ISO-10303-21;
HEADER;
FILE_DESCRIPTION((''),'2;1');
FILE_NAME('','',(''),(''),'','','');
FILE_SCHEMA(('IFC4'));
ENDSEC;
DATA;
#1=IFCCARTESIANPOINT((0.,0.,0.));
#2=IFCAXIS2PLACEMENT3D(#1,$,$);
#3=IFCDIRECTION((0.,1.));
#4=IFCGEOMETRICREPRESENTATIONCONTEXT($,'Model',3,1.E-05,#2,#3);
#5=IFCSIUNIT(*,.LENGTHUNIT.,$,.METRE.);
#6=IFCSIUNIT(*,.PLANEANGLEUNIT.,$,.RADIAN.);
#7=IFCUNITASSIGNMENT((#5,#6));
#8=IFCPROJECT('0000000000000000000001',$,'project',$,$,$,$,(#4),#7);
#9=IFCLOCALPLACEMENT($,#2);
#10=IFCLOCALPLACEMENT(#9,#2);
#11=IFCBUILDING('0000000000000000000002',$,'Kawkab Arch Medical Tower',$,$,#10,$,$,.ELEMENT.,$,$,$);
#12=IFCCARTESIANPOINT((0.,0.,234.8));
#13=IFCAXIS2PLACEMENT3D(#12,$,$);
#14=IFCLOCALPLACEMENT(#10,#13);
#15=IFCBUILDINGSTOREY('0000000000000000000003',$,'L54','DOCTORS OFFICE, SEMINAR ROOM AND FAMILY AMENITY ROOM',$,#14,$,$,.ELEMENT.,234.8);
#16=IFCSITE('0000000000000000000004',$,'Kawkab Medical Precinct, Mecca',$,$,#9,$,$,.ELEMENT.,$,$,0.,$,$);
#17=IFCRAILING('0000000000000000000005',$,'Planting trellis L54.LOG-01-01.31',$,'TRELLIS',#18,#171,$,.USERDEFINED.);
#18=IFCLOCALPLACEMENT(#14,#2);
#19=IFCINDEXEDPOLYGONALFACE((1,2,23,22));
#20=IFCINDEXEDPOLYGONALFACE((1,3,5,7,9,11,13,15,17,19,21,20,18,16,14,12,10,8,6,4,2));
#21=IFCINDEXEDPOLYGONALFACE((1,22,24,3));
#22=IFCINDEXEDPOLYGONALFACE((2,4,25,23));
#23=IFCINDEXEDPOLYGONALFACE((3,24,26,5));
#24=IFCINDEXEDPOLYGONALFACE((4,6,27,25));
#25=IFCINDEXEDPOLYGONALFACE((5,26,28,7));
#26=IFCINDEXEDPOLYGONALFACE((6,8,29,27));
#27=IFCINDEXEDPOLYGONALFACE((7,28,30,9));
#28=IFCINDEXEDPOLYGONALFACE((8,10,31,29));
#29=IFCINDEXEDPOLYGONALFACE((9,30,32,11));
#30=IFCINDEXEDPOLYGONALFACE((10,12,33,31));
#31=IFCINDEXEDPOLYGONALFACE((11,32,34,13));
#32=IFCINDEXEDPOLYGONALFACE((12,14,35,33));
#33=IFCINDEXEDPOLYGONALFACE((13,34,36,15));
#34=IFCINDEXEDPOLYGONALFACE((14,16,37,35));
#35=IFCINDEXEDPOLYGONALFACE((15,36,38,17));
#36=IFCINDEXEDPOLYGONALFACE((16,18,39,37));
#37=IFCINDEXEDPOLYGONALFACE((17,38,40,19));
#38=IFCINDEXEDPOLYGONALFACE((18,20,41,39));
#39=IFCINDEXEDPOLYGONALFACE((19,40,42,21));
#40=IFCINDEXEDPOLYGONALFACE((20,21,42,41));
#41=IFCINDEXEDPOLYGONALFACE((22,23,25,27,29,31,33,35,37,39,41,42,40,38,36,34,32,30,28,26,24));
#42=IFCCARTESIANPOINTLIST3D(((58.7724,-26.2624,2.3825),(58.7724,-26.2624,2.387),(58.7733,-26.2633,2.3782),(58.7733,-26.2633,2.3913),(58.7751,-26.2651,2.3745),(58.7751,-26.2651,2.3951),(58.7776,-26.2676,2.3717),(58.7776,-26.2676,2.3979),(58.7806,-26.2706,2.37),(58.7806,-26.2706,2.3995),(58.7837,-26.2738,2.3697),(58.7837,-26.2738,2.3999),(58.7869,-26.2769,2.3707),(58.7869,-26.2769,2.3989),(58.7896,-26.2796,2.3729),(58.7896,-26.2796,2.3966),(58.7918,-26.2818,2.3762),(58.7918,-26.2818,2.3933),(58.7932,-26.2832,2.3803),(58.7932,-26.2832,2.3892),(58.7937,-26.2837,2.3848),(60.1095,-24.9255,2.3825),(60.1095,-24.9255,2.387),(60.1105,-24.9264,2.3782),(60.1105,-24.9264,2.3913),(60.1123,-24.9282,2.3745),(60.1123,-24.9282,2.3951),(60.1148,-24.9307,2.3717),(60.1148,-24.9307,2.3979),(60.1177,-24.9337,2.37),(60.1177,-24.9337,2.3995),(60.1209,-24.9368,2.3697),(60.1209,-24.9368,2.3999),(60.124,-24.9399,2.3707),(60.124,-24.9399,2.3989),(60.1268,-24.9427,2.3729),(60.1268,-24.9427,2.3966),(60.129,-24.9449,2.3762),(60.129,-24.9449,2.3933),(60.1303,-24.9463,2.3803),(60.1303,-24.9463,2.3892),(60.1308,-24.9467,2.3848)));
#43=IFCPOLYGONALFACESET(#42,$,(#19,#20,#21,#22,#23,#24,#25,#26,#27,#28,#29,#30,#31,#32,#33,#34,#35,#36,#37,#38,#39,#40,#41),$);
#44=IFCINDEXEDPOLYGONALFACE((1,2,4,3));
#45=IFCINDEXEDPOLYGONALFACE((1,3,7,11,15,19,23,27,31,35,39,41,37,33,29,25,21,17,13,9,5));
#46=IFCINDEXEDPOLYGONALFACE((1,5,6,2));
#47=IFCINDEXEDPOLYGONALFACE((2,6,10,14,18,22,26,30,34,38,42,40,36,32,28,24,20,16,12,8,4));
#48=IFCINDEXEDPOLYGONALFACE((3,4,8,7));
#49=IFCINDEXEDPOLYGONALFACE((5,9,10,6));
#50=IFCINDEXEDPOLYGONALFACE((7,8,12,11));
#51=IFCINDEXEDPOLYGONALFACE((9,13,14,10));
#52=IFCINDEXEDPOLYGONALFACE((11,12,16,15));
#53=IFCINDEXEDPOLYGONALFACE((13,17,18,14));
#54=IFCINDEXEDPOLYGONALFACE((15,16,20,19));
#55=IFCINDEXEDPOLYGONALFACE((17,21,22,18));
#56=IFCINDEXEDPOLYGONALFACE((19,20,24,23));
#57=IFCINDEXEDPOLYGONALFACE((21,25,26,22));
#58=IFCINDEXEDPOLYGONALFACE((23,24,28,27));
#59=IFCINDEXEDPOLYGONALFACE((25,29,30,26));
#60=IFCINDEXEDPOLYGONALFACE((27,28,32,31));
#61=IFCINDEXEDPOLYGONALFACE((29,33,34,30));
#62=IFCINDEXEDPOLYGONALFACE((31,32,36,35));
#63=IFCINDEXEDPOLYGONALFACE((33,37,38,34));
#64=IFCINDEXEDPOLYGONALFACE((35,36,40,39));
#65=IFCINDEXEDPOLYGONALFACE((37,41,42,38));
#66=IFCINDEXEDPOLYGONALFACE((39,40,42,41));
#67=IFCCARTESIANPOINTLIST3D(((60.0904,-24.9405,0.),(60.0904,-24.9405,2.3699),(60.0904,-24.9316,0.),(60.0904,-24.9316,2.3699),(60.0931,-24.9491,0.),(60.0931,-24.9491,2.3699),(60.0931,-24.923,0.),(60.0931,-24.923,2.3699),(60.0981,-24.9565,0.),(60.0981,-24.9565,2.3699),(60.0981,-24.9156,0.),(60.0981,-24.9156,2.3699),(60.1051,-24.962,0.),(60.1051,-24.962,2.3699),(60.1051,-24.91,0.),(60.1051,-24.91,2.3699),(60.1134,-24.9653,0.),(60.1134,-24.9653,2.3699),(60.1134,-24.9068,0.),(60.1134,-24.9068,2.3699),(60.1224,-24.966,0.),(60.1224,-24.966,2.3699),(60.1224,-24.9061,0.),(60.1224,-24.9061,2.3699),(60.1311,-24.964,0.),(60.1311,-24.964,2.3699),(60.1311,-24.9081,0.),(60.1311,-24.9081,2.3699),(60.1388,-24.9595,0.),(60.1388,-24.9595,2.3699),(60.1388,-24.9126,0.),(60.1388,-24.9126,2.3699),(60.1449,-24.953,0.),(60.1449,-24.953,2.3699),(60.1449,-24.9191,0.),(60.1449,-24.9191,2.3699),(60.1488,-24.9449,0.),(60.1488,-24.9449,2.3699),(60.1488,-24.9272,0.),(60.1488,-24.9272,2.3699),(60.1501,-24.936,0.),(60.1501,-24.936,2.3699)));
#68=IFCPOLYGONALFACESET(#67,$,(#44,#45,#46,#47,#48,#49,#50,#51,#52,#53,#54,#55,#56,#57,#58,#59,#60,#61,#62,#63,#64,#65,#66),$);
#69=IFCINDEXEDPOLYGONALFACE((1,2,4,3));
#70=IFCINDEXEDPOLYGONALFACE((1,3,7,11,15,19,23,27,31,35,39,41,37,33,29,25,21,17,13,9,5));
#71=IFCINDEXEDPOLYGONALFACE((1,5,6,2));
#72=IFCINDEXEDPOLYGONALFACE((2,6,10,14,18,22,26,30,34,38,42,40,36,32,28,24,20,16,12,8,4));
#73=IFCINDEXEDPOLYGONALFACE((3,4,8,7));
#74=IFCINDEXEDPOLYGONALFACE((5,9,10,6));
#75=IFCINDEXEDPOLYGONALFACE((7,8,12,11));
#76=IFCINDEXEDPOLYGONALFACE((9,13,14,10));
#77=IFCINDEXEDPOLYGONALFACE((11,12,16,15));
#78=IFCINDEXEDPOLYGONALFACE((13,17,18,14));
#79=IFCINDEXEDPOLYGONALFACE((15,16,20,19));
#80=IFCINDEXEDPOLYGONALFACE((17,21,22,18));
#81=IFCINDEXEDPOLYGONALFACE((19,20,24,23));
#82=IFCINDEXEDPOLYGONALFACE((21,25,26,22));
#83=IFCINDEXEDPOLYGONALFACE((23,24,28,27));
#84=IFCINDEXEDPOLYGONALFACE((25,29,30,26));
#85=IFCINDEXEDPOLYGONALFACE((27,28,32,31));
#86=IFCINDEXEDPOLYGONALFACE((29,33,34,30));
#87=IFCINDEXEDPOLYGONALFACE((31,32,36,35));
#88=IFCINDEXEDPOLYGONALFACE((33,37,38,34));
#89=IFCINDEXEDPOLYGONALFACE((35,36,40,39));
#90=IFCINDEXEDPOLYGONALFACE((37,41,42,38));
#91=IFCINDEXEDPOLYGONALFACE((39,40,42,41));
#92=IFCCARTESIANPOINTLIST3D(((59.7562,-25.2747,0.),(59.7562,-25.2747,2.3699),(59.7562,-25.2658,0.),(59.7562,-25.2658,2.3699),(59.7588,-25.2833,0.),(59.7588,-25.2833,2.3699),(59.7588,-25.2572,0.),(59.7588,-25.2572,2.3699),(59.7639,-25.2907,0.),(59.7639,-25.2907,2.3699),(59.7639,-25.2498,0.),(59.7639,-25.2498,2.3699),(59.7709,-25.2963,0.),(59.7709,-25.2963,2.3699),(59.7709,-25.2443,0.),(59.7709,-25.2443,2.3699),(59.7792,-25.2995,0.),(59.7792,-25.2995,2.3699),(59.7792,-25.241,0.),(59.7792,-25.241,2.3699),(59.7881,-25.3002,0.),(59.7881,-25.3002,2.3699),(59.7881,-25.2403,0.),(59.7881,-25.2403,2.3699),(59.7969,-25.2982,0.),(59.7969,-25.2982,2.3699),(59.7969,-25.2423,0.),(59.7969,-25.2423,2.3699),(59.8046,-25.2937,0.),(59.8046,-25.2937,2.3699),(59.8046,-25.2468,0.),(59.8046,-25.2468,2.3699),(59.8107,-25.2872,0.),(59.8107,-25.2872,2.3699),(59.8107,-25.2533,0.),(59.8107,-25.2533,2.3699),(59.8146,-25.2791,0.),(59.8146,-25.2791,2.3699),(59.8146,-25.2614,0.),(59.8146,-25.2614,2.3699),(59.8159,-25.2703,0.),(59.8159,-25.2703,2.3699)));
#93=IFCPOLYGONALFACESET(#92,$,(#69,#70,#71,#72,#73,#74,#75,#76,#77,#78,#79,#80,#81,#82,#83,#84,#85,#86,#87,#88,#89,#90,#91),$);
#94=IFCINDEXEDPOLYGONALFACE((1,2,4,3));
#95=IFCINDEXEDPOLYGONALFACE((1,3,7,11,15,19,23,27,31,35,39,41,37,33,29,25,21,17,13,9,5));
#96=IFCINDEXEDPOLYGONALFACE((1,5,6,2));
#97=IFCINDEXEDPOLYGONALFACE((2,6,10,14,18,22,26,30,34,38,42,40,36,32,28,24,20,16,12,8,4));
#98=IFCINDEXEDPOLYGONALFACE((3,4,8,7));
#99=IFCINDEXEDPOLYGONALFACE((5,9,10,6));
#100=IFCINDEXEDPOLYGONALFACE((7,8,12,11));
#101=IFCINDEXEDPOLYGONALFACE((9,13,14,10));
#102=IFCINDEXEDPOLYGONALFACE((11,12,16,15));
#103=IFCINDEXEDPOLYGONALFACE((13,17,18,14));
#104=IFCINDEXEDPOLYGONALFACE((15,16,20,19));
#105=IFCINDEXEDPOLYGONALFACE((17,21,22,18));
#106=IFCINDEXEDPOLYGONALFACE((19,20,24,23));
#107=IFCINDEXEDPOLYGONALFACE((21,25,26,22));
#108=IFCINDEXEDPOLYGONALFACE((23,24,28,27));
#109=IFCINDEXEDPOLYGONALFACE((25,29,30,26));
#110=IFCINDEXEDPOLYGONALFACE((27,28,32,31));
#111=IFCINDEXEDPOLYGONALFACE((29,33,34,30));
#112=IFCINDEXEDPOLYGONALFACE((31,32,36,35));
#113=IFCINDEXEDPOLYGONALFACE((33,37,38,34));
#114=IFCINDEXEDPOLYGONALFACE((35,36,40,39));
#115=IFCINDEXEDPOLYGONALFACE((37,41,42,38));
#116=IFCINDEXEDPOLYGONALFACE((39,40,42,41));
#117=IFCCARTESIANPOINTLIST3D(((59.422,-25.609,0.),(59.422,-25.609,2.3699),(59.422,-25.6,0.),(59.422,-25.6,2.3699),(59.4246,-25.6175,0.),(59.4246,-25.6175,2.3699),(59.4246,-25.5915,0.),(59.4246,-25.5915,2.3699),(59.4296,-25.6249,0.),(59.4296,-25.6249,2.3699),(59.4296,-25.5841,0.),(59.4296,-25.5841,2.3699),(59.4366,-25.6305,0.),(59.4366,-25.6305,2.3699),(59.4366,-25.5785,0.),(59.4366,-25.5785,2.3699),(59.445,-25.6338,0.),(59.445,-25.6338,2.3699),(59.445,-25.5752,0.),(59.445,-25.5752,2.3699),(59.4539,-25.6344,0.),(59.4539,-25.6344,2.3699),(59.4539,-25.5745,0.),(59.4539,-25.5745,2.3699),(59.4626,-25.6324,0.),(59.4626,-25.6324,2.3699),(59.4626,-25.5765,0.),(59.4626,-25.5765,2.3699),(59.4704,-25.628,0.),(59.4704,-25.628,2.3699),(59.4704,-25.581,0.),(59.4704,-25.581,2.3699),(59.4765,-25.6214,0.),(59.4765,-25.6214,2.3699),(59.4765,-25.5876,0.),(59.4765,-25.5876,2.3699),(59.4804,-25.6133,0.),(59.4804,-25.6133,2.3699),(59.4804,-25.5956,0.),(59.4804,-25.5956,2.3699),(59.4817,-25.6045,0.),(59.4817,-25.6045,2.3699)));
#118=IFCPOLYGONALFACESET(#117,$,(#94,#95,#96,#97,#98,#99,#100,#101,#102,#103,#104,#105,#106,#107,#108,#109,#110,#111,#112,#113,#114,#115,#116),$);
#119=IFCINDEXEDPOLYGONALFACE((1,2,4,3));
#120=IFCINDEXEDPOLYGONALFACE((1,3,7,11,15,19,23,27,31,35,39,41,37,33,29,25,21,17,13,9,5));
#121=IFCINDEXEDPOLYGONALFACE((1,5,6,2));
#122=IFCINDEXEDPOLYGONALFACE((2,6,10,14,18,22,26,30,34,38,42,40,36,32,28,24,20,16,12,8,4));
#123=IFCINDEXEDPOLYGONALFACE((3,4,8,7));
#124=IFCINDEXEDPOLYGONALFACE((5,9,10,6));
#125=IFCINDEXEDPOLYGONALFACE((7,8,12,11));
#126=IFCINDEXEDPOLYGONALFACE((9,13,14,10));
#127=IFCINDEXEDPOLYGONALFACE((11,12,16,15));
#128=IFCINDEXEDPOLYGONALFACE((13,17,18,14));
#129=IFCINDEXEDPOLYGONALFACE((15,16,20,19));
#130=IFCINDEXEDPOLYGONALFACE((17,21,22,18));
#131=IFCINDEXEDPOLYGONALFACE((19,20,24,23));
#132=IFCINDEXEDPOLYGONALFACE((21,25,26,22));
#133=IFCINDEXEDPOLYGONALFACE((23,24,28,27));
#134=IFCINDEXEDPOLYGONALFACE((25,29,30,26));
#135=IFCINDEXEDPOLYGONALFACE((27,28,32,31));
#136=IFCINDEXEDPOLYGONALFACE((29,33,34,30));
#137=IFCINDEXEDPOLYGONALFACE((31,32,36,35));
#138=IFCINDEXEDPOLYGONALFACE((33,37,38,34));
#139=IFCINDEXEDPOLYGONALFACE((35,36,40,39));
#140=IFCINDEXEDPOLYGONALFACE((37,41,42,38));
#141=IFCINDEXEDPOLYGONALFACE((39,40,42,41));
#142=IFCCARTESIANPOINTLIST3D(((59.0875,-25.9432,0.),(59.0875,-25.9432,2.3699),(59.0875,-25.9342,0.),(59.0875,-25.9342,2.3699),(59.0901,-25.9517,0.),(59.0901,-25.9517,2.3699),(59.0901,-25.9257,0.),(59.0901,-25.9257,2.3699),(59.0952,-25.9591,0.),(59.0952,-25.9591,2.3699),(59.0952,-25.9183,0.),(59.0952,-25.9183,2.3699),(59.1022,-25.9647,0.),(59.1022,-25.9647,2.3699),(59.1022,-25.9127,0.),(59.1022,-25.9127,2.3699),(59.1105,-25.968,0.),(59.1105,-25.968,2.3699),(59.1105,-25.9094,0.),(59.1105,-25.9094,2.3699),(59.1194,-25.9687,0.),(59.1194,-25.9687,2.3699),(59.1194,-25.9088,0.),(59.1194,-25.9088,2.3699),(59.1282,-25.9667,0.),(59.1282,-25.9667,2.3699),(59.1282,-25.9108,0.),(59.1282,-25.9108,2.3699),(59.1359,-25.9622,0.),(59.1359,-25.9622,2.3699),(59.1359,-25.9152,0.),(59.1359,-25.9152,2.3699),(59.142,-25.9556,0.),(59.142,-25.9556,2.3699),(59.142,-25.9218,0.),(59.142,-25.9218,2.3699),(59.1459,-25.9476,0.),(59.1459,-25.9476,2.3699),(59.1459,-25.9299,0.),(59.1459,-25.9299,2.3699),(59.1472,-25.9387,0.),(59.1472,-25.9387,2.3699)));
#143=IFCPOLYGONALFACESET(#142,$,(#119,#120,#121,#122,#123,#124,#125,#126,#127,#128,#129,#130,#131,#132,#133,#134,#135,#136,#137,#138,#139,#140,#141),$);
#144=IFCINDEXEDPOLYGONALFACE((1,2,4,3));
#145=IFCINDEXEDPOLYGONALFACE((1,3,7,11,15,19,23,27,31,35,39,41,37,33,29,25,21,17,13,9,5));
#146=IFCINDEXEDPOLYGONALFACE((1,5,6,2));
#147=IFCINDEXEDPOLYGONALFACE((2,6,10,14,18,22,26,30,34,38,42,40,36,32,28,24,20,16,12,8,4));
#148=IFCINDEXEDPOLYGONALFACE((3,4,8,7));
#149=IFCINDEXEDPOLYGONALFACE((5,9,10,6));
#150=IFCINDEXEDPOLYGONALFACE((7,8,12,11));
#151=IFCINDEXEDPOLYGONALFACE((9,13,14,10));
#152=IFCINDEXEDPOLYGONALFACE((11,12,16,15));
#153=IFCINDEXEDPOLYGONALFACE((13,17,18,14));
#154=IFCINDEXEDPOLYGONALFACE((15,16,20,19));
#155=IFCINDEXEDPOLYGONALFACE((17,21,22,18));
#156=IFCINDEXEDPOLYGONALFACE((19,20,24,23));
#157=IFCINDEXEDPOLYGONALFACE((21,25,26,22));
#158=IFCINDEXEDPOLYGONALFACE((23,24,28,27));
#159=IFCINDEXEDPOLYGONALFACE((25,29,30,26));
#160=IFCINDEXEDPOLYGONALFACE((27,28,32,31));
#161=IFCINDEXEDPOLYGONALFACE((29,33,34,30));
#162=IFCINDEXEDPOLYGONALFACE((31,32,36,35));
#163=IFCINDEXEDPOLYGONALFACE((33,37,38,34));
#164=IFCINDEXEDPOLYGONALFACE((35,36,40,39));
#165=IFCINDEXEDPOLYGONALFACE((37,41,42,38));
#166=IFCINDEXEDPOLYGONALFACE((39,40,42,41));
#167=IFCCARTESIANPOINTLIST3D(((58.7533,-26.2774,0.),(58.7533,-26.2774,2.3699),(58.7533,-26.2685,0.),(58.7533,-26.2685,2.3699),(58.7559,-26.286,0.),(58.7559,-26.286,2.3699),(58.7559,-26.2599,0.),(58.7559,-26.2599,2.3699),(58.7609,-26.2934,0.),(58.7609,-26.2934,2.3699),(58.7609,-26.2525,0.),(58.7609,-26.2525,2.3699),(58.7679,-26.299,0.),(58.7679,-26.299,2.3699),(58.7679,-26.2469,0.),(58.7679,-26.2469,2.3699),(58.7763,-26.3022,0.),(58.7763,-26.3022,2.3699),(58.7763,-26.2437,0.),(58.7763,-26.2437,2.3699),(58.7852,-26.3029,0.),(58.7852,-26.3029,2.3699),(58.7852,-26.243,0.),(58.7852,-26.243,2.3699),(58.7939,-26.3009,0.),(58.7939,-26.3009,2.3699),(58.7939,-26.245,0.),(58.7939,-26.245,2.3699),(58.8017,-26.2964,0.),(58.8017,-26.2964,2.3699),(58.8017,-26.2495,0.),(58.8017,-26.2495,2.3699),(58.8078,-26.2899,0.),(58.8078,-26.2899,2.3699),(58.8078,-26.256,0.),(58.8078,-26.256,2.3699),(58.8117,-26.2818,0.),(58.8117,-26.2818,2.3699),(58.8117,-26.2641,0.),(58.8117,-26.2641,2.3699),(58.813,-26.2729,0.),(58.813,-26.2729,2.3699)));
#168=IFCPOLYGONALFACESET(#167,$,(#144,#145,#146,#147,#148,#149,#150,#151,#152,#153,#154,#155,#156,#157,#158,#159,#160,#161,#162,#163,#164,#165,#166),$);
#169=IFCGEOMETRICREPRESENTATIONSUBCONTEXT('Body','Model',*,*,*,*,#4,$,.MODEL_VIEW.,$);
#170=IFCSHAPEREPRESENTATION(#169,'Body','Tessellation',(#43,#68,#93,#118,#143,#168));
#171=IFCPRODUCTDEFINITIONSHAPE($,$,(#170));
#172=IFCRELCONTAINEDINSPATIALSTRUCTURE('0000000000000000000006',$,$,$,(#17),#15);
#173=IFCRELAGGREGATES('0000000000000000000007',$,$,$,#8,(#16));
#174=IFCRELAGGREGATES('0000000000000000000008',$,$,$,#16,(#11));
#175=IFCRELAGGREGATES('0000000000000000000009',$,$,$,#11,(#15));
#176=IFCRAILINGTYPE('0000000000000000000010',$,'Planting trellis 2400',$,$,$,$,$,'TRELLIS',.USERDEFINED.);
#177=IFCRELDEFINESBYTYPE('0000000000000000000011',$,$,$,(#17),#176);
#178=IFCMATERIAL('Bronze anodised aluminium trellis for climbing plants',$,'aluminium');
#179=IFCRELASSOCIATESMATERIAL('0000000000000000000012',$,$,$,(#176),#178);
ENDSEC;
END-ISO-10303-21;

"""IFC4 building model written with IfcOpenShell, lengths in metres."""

from ifc_helpers import new_model, si_unit, direction, frame, origin, origin_2d, place, context, subcontext, project, spatial, circle, extrude, material, type_object, element, save


model = new_model("IFC4")

# Units and contexts
model_context = context("Model", 3, precision=1e-05, world=origin(), true_north=direction((0.0, 1.0)))
body_context = subcontext(model_context, "Body", "Model", "MODEL_VIEW")
ifc_project = project(units=[si_unit("LENGTHUNIT", "METRE"), si_unit("PLANEANGLEUNIT", "RADIAN")], contexts=[model_context])

# Site, building, storey
site_placement = place(None, origin())
site = spatial("IfcSite", under=ifc_project, at=site_placement, Name="Kawkab Medical Precinct, Mecca", CompositionType="ELEMENT", RefElevation=0.0)
building_placement = place(site_placement, origin())
building = spatial("IfcBuilding", under=site, at=building_placement, Name="Kawkab Arch Medical Tower", CompositionType="ELEMENT")
storey_placement = place(building_placement, frame((0.0, 0.0, 234.8)))
storey = spatial("IfcBuildingStorey", under=building, at=storey_placement, Name="L54", Description="DOCTORS OFFICE, SEMINAR ROOM AND FAMILY AMENITY ROOM", CompositionType="ELEMENT", Elevation=234.8)

# Railing
ifc_material_1 = material(Name="Bronze anodised aluminium trellis for climbing plants", Category="aluminium")
railing_type_1 = type_object("IfcRailingType", Name="Planting trellis 2400", ElementType="TRELLIS", PredefinedType="USERDEFINED", material=ifc_material_1)
railing_1_placement = place(storey_placement, frame((60.1201, -24.936, 0.0)))
element("IfcRailing", 1, at=railing_1_placement, inside=storey, type_object=railing_type_1, Name="Planting trellis L54.LOG-01-01.31", ObjectType="TRELLIS", PredefinedType="USERDEFINED", context=body_context, shape_type="SweptSolid", body=[
    extrude(circle(Radius=0.0151, at=origin_2d()), frame((0.0, 0.0, 2.3848), z_axis=(-0.707171, -0.707042, 0.0), x_axis=(0.707042, -0.707171, 0.0)), (0.0, 0.0, 1.0), 1.8909),
    extrude(circle(Radius=0.03, at=origin_2d()), origin(), (0.0, 0.0, 1.0), 2.3699),
    extrude(circle(Radius=0.03, at=origin_2d()), frame((-0.3342, -0.3342, 0.0)), (0.0, 0.0, 1.0), 2.3699),
    extrude(circle(Radius=0.03, at=origin_2d()), frame((-0.6685, -0.6685, 0.0)), (0.0, 0.0, 1.0), 2.3699),
    extrude(circle(Radius=0.03, at=origin_2d()), frame((-1.0029, -1.0027, 0.0)), (0.0, 0.0, 1.0), 2.3699),
    extrude(circle(Radius=0.03, at=origin_2d()), frame((-1.3372, -1.3369, 0.0)), (0.0, 0.0, 1.0), 2.3699),
])

save(model, "model.ifc")
